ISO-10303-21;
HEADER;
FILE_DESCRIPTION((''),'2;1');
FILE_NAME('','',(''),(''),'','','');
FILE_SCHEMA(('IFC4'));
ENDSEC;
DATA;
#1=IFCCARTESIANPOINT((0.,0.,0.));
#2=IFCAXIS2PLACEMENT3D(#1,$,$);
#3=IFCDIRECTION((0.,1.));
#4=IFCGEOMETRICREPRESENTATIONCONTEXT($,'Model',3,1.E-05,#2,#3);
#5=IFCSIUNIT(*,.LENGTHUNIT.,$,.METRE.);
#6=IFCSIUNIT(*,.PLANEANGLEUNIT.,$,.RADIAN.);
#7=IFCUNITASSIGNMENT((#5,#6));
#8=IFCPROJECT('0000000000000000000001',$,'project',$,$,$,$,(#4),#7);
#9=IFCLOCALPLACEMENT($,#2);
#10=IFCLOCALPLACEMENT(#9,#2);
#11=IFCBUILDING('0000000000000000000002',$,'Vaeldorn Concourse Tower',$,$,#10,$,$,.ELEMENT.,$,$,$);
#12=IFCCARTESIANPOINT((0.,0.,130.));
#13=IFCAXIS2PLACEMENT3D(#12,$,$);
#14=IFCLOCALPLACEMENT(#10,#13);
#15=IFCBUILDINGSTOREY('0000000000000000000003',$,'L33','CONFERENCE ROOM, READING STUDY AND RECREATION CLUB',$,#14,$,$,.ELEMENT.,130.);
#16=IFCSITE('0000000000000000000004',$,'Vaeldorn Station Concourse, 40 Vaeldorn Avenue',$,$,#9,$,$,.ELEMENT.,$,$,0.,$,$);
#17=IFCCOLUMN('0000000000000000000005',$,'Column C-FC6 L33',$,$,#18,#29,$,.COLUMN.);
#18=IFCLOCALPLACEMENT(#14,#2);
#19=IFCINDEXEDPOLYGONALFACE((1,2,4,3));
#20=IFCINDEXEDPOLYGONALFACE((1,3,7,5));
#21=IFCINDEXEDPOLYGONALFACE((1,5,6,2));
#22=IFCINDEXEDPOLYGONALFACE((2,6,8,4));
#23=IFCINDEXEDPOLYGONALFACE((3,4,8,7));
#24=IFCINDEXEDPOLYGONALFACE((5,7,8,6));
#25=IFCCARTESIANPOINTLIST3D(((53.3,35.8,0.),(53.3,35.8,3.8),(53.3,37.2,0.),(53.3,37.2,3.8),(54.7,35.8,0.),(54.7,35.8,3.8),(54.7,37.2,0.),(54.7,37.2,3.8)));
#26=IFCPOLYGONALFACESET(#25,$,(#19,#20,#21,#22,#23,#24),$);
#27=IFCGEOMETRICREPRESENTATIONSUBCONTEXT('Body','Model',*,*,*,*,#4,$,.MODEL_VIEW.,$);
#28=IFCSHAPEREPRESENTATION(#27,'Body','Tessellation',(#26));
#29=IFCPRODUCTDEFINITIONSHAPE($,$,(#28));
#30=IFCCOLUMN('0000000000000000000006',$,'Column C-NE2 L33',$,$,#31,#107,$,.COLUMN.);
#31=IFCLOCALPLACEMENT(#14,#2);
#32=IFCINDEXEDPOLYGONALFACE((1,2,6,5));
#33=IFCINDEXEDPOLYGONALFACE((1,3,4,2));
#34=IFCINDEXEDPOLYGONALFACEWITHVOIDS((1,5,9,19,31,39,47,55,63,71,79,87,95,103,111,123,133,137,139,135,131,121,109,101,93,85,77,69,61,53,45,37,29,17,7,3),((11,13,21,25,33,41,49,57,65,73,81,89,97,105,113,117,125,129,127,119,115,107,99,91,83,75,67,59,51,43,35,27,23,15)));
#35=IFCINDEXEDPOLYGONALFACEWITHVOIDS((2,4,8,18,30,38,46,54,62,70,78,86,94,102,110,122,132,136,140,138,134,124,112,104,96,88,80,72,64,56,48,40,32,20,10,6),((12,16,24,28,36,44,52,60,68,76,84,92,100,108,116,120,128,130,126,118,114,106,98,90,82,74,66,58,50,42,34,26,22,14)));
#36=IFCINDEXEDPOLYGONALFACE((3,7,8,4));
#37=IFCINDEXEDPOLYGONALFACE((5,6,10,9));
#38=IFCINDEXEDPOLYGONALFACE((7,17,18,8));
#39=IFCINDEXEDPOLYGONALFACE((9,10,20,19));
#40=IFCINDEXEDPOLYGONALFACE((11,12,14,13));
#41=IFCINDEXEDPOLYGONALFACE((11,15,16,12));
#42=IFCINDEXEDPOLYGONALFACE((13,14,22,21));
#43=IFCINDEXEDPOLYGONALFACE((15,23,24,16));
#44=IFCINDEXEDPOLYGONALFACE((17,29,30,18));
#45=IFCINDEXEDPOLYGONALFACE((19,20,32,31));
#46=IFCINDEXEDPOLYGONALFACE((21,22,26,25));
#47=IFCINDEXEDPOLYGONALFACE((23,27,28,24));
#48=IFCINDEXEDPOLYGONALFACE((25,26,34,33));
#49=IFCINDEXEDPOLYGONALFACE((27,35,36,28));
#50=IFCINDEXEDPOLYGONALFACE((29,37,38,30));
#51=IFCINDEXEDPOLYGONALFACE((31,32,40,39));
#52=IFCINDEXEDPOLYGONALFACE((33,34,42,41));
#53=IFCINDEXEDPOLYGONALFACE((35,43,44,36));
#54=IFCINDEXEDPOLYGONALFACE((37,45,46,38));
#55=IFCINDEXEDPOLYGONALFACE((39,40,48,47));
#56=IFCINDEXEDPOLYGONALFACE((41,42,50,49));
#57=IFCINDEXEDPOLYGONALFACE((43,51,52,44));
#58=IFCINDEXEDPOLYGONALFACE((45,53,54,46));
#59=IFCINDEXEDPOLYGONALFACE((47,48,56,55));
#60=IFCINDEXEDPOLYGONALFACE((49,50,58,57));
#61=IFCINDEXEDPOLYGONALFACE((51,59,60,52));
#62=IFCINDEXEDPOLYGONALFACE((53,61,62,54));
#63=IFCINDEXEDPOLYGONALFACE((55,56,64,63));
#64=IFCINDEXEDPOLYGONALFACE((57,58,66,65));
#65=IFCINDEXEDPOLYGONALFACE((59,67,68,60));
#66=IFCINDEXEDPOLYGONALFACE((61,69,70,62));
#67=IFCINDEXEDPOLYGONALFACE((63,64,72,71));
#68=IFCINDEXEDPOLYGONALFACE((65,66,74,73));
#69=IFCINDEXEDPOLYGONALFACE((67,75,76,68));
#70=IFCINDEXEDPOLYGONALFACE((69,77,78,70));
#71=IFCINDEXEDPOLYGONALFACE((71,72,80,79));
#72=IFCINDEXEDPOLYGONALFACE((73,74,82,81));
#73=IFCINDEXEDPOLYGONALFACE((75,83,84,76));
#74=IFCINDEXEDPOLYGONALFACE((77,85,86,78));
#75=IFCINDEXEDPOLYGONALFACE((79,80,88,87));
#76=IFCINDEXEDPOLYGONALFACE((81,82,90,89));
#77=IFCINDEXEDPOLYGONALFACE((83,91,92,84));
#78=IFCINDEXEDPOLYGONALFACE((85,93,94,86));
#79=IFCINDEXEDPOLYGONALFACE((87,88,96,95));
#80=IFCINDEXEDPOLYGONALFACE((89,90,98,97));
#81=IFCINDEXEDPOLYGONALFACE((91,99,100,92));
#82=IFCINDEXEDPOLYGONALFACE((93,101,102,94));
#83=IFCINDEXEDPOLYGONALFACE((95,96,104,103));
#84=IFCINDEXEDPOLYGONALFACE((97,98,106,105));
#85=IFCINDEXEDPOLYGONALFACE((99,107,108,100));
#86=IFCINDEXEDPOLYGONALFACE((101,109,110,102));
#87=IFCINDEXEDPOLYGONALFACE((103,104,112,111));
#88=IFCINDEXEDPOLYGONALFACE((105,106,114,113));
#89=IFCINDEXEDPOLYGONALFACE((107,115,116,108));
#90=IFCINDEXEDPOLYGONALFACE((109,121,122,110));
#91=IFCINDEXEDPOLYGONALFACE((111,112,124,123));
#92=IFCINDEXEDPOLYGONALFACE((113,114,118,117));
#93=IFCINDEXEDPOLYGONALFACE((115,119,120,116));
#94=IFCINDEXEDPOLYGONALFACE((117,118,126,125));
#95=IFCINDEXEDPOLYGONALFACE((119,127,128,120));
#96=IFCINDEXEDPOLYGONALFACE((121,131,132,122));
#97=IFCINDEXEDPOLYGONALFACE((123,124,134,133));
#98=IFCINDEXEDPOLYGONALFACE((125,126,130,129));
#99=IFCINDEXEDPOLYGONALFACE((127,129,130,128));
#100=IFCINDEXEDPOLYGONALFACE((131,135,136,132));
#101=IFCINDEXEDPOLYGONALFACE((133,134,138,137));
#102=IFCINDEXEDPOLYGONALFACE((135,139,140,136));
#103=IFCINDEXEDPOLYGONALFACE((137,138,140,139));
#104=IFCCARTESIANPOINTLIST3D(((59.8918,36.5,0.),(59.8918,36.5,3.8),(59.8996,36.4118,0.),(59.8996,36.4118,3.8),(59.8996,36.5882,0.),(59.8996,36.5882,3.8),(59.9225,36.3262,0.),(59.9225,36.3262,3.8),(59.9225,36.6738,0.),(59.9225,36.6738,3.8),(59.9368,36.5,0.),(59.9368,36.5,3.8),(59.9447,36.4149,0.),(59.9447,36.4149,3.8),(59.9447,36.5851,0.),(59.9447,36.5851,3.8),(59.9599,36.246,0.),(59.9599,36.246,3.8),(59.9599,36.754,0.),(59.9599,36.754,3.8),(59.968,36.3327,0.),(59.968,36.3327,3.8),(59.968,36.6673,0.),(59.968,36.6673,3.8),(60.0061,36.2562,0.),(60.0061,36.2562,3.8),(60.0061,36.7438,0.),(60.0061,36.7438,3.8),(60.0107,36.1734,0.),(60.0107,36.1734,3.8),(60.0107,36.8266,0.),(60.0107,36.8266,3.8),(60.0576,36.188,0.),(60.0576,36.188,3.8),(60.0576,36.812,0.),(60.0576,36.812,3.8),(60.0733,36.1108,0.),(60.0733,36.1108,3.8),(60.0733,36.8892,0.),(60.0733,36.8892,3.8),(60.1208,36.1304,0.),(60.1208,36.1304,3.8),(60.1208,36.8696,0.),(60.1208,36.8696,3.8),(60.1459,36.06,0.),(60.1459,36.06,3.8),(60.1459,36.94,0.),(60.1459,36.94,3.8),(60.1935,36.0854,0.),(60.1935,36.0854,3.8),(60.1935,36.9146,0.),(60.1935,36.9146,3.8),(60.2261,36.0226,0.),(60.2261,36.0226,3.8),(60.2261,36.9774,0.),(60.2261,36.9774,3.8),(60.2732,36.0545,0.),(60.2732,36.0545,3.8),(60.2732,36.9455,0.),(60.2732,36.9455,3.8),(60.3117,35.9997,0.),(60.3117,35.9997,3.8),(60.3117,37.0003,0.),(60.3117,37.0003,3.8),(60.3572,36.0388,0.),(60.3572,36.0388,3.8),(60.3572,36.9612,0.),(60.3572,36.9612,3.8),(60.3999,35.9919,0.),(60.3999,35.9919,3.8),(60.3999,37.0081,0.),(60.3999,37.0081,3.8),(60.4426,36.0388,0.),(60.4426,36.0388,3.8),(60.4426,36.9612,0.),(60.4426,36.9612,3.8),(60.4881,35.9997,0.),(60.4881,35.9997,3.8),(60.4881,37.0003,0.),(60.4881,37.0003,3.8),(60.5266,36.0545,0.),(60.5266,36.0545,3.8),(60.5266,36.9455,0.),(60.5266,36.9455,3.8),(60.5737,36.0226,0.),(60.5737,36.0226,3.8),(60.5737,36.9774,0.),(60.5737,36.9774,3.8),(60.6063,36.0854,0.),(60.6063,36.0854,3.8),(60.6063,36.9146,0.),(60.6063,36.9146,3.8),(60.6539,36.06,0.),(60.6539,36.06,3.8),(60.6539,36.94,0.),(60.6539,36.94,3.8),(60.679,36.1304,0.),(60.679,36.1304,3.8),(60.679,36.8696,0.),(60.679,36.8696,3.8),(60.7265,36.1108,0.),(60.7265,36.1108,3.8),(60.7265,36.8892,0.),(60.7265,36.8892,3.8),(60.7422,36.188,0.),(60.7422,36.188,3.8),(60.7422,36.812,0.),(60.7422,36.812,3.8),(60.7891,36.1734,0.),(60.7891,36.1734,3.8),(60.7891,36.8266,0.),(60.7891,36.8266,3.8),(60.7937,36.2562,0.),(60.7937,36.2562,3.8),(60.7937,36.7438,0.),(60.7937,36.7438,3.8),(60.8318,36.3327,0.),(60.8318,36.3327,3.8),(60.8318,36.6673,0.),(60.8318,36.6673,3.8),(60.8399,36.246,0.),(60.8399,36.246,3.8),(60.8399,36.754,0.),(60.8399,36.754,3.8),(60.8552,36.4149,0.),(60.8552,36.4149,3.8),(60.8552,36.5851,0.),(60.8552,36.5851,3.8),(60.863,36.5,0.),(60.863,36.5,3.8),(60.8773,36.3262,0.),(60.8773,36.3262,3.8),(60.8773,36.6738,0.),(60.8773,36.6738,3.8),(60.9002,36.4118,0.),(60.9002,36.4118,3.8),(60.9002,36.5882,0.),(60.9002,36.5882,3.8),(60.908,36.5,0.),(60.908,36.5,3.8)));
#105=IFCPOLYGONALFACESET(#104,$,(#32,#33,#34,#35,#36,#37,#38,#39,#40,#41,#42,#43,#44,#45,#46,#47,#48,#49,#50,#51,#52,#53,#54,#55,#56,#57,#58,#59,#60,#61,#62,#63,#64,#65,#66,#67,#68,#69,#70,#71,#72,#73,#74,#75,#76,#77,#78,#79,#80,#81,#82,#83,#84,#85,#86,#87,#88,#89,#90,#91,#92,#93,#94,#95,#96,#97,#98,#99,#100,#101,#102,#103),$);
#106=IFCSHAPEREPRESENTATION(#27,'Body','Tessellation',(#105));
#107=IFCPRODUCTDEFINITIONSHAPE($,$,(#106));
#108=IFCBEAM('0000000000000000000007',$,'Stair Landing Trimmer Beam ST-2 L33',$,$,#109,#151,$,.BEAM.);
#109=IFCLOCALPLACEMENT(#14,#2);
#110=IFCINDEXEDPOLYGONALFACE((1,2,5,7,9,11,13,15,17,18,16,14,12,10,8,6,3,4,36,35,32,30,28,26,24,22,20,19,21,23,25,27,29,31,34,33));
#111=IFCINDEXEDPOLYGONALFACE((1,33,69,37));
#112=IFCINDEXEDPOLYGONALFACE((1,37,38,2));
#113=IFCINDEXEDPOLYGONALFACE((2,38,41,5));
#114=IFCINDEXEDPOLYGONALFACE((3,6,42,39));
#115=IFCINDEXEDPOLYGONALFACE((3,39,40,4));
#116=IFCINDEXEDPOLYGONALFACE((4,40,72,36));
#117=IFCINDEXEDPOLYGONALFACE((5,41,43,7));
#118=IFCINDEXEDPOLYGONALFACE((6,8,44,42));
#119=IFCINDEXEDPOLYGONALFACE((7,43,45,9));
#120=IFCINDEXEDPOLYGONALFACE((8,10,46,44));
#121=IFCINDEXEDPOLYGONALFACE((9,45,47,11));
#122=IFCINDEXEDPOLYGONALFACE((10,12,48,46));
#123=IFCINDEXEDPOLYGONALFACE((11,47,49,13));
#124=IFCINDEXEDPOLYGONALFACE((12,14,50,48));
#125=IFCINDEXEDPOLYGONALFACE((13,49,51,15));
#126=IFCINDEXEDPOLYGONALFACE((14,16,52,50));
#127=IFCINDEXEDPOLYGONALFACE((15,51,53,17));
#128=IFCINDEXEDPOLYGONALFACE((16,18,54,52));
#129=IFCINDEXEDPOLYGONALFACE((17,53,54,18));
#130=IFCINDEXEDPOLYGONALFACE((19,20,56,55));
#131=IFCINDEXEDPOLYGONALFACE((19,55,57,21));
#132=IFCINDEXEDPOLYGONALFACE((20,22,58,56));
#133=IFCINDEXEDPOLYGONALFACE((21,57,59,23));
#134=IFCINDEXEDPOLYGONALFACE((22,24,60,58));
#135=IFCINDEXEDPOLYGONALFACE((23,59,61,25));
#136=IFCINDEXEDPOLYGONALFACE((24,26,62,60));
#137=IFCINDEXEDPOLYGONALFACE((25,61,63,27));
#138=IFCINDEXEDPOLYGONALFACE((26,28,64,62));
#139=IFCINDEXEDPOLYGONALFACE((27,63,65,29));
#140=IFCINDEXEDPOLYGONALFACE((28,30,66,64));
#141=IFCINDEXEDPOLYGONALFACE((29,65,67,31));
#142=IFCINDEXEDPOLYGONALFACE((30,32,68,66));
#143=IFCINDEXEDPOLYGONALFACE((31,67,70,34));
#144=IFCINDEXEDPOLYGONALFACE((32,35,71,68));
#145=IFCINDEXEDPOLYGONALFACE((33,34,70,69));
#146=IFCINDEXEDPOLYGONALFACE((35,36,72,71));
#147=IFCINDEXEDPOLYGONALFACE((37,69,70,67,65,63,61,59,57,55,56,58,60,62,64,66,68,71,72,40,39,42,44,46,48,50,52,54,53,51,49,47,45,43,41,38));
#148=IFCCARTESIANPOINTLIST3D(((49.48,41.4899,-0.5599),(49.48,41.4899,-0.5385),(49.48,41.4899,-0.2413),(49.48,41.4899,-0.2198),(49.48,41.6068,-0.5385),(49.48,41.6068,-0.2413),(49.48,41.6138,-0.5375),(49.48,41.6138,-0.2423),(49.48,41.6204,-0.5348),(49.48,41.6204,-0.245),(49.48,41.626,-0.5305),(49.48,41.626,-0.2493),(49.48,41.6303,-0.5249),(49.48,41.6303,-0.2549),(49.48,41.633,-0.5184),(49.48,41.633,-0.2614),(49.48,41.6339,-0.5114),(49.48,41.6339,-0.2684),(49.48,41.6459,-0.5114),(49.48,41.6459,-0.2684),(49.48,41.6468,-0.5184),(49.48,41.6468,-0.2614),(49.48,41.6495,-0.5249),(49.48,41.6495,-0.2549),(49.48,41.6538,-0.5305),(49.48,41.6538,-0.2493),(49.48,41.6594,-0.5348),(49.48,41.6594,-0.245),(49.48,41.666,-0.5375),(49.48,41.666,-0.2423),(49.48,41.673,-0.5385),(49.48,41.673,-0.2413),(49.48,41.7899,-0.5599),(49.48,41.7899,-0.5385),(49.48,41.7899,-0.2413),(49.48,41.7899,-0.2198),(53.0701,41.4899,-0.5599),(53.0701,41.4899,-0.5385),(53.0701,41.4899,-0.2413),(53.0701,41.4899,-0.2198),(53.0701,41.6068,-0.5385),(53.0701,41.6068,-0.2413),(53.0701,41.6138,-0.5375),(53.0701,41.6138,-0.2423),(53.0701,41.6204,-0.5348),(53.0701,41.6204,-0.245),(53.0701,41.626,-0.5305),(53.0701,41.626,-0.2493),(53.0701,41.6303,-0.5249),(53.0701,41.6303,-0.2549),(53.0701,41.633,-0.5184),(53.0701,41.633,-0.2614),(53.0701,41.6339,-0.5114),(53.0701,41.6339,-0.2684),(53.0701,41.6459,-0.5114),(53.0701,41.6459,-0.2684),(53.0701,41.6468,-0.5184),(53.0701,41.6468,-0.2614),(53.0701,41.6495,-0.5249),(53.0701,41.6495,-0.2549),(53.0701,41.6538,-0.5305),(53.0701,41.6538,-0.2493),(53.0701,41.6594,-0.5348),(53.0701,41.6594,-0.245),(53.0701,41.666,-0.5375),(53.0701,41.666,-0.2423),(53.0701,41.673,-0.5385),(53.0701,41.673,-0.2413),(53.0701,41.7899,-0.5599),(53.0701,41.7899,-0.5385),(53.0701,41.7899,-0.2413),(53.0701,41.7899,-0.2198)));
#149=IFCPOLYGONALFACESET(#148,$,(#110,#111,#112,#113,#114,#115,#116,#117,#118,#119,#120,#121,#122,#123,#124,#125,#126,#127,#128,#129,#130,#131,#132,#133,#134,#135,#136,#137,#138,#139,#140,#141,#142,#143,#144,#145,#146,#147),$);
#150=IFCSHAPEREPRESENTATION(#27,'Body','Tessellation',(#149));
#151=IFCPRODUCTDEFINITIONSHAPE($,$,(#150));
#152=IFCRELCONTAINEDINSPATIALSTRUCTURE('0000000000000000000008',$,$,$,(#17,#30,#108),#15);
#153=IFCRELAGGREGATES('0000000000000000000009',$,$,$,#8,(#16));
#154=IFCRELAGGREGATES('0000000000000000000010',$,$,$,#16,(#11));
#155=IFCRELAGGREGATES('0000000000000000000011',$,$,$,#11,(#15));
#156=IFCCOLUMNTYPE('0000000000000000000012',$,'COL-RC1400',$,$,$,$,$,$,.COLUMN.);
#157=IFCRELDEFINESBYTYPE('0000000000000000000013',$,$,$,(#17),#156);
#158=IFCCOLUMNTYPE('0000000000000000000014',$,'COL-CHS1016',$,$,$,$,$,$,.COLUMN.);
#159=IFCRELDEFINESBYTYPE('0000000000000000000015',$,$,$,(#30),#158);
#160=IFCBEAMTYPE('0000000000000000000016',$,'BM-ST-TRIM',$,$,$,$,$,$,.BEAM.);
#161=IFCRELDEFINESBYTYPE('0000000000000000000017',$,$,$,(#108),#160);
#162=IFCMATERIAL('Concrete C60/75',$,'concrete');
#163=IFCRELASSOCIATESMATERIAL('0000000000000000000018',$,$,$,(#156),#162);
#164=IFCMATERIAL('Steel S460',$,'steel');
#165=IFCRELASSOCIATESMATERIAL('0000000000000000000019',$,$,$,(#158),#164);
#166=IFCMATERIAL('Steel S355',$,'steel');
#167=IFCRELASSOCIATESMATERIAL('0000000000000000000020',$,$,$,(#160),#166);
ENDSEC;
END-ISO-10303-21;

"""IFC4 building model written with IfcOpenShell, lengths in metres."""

from ifc_helpers import new_model, si_unit, direction, frame, origin, origin_2d, place, context, subcontext, project, spatial, rectangle, hollow_circle, i_section, extrude, source, transform, mapped, material, material_profile, profile_set, type_object, element, save


model = new_model("IFC4")

# Units and contexts
model_context = context("Model", 3, precision=1e-05, world=origin(), true_north=direction((0.0, 1.0)))
body_context = subcontext(model_context, "Body", "Model", "MODEL_VIEW")
ifc_project = project(units=[si_unit("LENGTHUNIT", "METRE"), si_unit("PLANEANGLEUNIT", "RADIAN")], contexts=[model_context])

# Site, building, storey
site_placement = place(None, origin())
site = spatial("IfcSite", under=ifc_project, at=site_placement, Name="Vaeldorn Station Concourse, 40 Vaeldorn Avenue", CompositionType="ELEMENT", RefElevation=0.0)
building_placement = place(site_placement, origin())
building = spatial("IfcBuilding", under=site, at=building_placement, Name="Vaeldorn Concourse Tower", CompositionType="ELEMENT")
storey_placement = place(building_placement, frame((0.0, 0.0, 130.0)))
storey = spatial("IfcBuildingStorey", under=building, at=storey_placement, Name="L33", Description="CONFERENCE ROOM, READING STUDY AND RECREATION CLUB", CompositionType="ELEMENT", Elevation=130.0)

# Columns
ifc_material_1 = material(Name="Concrete C60/75", Category="concrete")
ifc_material_profile_1 = material_profile(ifc_material_1, rectangle(XDim=1.3999, YDim=1.3999, at=origin_2d()), Name="RC 1400x1400")
ifc_profile_set_1 = profile_set([ifc_material_profile_1], Name="Concrete C60/75")
column_type_1 = type_object("IfcColumnType", Name="COL-RC1400", PredefinedType="COLUMN", material=ifc_profile_set_1)
shared_shape_1 = source(origin(), body_context, "Body", "SweptSolid", [
    extrude(rectangle(XDim=1.3999, YDim=1.3999, at=origin_2d()), origin(), (0.0, 0.0, 1.0), 3.8),
])
column_1_placement = place(storey_placement, frame((54.0, 36.5, 0.0), z_axis=(0.0, 0.0, 1.0), x_axis=(1.0, 0.0, 0.0)))
element("IfcColumn", 1, at=column_1_placement, inside=storey, type_object=column_type_1, Name="Column C-FC6 L33", PredefinedType="COLUMN", context=body_context, shape_type="MappedRepresentation", body=[
    mapped(shared_shape_1, transform((0.0, 0.0, 0.0), scale=1.0)),
])
ifc_material_2 = material(Name="Steel S460", Category="steel")
ifc_material_profile_2 = material_profile(ifc_material_2, hollow_circle(Radius=0.5081, WallThickness=0.0449, at=origin_2d()), Name="CHS 1016x45")
ifc_profile_set_2 = profile_set([ifc_material_profile_2], Name="Steel S460")
column_type_2 = type_object("IfcColumnType", Name="COL-CHS1016", PredefinedType="COLUMN", material=ifc_profile_set_2)
shared_shape_2 = source(origin(), body_context, "Body", "SweptSolid", [
    extrude(hollow_circle(Radius=0.5081, WallThickness=0.0449, at=origin_2d()), origin(), (0.0, 0.0, 1.0), 3.8),
])
column_2_placement = place(storey_placement, frame((60.3999, 36.5, 0.0), z_axis=(0.0, 0.0, 1.0), x_axis=(1.0, 0.0, 0.0)))
element("IfcColumn", 2, at=column_2_placement, inside=storey, type_object=column_type_2, Name="Column C-NE2 L33", PredefinedType="COLUMN", context=body_context, shape_type="MappedRepresentation", body=[
    mapped(shared_shape_2, transform((0.0, 0.0, 0.0), scale=1.0)),
])

# Beam
ifc_material_3 = material(Name="Steel S355", Category="steel")
ifc_material_profile_3 = material_profile(ifc_material_3, i_section(OverallWidth=0.3, OverallDepth=0.3401, WebThickness=0.012, FlangeThickness=0.0215, FilletRadius=0.0271, at=origin_2d()), Name="HEB 340")
ifc_profile_set_3 = profile_set([ifc_material_profile_3], Name="Steel S355")
beam_type_1 = type_object("IfcBeamType", Name="BM-ST-TRIM", PredefinedType="BEAM", material=ifc_profile_set_3)
shared_shape_3 = source(origin(), body_context, "Body", "SweptSolid", [
    extrude(i_section(OverallWidth=0.3, OverallDepth=0.3401, WebThickness=0.012, FlangeThickness=0.0215, FilletRadius=0.0271, at=origin_2d()), origin(), (0.0, 0.0, 1.0), 3.5901),
])
beam_1_placement = place(storey_placement, frame((49.48, 41.6399, -0.3899), z_axis=(1.0, 0.0, 0.0), x_axis=(0.0, 1.0, 0.0)))
element("IfcBeam", 3, at=beam_1_placement, inside=storey, type_object=beam_type_1, Name="Stair Landing Trimmer Beam ST-2 L33", PredefinedType="BEAM", context=body_context, shape_type="MappedRepresentation", body=[
    mapped(shared_shape_3, transform((0.0, 0.0, 0.0), scale=1.0)),
])

save(model, "model.ifc")
